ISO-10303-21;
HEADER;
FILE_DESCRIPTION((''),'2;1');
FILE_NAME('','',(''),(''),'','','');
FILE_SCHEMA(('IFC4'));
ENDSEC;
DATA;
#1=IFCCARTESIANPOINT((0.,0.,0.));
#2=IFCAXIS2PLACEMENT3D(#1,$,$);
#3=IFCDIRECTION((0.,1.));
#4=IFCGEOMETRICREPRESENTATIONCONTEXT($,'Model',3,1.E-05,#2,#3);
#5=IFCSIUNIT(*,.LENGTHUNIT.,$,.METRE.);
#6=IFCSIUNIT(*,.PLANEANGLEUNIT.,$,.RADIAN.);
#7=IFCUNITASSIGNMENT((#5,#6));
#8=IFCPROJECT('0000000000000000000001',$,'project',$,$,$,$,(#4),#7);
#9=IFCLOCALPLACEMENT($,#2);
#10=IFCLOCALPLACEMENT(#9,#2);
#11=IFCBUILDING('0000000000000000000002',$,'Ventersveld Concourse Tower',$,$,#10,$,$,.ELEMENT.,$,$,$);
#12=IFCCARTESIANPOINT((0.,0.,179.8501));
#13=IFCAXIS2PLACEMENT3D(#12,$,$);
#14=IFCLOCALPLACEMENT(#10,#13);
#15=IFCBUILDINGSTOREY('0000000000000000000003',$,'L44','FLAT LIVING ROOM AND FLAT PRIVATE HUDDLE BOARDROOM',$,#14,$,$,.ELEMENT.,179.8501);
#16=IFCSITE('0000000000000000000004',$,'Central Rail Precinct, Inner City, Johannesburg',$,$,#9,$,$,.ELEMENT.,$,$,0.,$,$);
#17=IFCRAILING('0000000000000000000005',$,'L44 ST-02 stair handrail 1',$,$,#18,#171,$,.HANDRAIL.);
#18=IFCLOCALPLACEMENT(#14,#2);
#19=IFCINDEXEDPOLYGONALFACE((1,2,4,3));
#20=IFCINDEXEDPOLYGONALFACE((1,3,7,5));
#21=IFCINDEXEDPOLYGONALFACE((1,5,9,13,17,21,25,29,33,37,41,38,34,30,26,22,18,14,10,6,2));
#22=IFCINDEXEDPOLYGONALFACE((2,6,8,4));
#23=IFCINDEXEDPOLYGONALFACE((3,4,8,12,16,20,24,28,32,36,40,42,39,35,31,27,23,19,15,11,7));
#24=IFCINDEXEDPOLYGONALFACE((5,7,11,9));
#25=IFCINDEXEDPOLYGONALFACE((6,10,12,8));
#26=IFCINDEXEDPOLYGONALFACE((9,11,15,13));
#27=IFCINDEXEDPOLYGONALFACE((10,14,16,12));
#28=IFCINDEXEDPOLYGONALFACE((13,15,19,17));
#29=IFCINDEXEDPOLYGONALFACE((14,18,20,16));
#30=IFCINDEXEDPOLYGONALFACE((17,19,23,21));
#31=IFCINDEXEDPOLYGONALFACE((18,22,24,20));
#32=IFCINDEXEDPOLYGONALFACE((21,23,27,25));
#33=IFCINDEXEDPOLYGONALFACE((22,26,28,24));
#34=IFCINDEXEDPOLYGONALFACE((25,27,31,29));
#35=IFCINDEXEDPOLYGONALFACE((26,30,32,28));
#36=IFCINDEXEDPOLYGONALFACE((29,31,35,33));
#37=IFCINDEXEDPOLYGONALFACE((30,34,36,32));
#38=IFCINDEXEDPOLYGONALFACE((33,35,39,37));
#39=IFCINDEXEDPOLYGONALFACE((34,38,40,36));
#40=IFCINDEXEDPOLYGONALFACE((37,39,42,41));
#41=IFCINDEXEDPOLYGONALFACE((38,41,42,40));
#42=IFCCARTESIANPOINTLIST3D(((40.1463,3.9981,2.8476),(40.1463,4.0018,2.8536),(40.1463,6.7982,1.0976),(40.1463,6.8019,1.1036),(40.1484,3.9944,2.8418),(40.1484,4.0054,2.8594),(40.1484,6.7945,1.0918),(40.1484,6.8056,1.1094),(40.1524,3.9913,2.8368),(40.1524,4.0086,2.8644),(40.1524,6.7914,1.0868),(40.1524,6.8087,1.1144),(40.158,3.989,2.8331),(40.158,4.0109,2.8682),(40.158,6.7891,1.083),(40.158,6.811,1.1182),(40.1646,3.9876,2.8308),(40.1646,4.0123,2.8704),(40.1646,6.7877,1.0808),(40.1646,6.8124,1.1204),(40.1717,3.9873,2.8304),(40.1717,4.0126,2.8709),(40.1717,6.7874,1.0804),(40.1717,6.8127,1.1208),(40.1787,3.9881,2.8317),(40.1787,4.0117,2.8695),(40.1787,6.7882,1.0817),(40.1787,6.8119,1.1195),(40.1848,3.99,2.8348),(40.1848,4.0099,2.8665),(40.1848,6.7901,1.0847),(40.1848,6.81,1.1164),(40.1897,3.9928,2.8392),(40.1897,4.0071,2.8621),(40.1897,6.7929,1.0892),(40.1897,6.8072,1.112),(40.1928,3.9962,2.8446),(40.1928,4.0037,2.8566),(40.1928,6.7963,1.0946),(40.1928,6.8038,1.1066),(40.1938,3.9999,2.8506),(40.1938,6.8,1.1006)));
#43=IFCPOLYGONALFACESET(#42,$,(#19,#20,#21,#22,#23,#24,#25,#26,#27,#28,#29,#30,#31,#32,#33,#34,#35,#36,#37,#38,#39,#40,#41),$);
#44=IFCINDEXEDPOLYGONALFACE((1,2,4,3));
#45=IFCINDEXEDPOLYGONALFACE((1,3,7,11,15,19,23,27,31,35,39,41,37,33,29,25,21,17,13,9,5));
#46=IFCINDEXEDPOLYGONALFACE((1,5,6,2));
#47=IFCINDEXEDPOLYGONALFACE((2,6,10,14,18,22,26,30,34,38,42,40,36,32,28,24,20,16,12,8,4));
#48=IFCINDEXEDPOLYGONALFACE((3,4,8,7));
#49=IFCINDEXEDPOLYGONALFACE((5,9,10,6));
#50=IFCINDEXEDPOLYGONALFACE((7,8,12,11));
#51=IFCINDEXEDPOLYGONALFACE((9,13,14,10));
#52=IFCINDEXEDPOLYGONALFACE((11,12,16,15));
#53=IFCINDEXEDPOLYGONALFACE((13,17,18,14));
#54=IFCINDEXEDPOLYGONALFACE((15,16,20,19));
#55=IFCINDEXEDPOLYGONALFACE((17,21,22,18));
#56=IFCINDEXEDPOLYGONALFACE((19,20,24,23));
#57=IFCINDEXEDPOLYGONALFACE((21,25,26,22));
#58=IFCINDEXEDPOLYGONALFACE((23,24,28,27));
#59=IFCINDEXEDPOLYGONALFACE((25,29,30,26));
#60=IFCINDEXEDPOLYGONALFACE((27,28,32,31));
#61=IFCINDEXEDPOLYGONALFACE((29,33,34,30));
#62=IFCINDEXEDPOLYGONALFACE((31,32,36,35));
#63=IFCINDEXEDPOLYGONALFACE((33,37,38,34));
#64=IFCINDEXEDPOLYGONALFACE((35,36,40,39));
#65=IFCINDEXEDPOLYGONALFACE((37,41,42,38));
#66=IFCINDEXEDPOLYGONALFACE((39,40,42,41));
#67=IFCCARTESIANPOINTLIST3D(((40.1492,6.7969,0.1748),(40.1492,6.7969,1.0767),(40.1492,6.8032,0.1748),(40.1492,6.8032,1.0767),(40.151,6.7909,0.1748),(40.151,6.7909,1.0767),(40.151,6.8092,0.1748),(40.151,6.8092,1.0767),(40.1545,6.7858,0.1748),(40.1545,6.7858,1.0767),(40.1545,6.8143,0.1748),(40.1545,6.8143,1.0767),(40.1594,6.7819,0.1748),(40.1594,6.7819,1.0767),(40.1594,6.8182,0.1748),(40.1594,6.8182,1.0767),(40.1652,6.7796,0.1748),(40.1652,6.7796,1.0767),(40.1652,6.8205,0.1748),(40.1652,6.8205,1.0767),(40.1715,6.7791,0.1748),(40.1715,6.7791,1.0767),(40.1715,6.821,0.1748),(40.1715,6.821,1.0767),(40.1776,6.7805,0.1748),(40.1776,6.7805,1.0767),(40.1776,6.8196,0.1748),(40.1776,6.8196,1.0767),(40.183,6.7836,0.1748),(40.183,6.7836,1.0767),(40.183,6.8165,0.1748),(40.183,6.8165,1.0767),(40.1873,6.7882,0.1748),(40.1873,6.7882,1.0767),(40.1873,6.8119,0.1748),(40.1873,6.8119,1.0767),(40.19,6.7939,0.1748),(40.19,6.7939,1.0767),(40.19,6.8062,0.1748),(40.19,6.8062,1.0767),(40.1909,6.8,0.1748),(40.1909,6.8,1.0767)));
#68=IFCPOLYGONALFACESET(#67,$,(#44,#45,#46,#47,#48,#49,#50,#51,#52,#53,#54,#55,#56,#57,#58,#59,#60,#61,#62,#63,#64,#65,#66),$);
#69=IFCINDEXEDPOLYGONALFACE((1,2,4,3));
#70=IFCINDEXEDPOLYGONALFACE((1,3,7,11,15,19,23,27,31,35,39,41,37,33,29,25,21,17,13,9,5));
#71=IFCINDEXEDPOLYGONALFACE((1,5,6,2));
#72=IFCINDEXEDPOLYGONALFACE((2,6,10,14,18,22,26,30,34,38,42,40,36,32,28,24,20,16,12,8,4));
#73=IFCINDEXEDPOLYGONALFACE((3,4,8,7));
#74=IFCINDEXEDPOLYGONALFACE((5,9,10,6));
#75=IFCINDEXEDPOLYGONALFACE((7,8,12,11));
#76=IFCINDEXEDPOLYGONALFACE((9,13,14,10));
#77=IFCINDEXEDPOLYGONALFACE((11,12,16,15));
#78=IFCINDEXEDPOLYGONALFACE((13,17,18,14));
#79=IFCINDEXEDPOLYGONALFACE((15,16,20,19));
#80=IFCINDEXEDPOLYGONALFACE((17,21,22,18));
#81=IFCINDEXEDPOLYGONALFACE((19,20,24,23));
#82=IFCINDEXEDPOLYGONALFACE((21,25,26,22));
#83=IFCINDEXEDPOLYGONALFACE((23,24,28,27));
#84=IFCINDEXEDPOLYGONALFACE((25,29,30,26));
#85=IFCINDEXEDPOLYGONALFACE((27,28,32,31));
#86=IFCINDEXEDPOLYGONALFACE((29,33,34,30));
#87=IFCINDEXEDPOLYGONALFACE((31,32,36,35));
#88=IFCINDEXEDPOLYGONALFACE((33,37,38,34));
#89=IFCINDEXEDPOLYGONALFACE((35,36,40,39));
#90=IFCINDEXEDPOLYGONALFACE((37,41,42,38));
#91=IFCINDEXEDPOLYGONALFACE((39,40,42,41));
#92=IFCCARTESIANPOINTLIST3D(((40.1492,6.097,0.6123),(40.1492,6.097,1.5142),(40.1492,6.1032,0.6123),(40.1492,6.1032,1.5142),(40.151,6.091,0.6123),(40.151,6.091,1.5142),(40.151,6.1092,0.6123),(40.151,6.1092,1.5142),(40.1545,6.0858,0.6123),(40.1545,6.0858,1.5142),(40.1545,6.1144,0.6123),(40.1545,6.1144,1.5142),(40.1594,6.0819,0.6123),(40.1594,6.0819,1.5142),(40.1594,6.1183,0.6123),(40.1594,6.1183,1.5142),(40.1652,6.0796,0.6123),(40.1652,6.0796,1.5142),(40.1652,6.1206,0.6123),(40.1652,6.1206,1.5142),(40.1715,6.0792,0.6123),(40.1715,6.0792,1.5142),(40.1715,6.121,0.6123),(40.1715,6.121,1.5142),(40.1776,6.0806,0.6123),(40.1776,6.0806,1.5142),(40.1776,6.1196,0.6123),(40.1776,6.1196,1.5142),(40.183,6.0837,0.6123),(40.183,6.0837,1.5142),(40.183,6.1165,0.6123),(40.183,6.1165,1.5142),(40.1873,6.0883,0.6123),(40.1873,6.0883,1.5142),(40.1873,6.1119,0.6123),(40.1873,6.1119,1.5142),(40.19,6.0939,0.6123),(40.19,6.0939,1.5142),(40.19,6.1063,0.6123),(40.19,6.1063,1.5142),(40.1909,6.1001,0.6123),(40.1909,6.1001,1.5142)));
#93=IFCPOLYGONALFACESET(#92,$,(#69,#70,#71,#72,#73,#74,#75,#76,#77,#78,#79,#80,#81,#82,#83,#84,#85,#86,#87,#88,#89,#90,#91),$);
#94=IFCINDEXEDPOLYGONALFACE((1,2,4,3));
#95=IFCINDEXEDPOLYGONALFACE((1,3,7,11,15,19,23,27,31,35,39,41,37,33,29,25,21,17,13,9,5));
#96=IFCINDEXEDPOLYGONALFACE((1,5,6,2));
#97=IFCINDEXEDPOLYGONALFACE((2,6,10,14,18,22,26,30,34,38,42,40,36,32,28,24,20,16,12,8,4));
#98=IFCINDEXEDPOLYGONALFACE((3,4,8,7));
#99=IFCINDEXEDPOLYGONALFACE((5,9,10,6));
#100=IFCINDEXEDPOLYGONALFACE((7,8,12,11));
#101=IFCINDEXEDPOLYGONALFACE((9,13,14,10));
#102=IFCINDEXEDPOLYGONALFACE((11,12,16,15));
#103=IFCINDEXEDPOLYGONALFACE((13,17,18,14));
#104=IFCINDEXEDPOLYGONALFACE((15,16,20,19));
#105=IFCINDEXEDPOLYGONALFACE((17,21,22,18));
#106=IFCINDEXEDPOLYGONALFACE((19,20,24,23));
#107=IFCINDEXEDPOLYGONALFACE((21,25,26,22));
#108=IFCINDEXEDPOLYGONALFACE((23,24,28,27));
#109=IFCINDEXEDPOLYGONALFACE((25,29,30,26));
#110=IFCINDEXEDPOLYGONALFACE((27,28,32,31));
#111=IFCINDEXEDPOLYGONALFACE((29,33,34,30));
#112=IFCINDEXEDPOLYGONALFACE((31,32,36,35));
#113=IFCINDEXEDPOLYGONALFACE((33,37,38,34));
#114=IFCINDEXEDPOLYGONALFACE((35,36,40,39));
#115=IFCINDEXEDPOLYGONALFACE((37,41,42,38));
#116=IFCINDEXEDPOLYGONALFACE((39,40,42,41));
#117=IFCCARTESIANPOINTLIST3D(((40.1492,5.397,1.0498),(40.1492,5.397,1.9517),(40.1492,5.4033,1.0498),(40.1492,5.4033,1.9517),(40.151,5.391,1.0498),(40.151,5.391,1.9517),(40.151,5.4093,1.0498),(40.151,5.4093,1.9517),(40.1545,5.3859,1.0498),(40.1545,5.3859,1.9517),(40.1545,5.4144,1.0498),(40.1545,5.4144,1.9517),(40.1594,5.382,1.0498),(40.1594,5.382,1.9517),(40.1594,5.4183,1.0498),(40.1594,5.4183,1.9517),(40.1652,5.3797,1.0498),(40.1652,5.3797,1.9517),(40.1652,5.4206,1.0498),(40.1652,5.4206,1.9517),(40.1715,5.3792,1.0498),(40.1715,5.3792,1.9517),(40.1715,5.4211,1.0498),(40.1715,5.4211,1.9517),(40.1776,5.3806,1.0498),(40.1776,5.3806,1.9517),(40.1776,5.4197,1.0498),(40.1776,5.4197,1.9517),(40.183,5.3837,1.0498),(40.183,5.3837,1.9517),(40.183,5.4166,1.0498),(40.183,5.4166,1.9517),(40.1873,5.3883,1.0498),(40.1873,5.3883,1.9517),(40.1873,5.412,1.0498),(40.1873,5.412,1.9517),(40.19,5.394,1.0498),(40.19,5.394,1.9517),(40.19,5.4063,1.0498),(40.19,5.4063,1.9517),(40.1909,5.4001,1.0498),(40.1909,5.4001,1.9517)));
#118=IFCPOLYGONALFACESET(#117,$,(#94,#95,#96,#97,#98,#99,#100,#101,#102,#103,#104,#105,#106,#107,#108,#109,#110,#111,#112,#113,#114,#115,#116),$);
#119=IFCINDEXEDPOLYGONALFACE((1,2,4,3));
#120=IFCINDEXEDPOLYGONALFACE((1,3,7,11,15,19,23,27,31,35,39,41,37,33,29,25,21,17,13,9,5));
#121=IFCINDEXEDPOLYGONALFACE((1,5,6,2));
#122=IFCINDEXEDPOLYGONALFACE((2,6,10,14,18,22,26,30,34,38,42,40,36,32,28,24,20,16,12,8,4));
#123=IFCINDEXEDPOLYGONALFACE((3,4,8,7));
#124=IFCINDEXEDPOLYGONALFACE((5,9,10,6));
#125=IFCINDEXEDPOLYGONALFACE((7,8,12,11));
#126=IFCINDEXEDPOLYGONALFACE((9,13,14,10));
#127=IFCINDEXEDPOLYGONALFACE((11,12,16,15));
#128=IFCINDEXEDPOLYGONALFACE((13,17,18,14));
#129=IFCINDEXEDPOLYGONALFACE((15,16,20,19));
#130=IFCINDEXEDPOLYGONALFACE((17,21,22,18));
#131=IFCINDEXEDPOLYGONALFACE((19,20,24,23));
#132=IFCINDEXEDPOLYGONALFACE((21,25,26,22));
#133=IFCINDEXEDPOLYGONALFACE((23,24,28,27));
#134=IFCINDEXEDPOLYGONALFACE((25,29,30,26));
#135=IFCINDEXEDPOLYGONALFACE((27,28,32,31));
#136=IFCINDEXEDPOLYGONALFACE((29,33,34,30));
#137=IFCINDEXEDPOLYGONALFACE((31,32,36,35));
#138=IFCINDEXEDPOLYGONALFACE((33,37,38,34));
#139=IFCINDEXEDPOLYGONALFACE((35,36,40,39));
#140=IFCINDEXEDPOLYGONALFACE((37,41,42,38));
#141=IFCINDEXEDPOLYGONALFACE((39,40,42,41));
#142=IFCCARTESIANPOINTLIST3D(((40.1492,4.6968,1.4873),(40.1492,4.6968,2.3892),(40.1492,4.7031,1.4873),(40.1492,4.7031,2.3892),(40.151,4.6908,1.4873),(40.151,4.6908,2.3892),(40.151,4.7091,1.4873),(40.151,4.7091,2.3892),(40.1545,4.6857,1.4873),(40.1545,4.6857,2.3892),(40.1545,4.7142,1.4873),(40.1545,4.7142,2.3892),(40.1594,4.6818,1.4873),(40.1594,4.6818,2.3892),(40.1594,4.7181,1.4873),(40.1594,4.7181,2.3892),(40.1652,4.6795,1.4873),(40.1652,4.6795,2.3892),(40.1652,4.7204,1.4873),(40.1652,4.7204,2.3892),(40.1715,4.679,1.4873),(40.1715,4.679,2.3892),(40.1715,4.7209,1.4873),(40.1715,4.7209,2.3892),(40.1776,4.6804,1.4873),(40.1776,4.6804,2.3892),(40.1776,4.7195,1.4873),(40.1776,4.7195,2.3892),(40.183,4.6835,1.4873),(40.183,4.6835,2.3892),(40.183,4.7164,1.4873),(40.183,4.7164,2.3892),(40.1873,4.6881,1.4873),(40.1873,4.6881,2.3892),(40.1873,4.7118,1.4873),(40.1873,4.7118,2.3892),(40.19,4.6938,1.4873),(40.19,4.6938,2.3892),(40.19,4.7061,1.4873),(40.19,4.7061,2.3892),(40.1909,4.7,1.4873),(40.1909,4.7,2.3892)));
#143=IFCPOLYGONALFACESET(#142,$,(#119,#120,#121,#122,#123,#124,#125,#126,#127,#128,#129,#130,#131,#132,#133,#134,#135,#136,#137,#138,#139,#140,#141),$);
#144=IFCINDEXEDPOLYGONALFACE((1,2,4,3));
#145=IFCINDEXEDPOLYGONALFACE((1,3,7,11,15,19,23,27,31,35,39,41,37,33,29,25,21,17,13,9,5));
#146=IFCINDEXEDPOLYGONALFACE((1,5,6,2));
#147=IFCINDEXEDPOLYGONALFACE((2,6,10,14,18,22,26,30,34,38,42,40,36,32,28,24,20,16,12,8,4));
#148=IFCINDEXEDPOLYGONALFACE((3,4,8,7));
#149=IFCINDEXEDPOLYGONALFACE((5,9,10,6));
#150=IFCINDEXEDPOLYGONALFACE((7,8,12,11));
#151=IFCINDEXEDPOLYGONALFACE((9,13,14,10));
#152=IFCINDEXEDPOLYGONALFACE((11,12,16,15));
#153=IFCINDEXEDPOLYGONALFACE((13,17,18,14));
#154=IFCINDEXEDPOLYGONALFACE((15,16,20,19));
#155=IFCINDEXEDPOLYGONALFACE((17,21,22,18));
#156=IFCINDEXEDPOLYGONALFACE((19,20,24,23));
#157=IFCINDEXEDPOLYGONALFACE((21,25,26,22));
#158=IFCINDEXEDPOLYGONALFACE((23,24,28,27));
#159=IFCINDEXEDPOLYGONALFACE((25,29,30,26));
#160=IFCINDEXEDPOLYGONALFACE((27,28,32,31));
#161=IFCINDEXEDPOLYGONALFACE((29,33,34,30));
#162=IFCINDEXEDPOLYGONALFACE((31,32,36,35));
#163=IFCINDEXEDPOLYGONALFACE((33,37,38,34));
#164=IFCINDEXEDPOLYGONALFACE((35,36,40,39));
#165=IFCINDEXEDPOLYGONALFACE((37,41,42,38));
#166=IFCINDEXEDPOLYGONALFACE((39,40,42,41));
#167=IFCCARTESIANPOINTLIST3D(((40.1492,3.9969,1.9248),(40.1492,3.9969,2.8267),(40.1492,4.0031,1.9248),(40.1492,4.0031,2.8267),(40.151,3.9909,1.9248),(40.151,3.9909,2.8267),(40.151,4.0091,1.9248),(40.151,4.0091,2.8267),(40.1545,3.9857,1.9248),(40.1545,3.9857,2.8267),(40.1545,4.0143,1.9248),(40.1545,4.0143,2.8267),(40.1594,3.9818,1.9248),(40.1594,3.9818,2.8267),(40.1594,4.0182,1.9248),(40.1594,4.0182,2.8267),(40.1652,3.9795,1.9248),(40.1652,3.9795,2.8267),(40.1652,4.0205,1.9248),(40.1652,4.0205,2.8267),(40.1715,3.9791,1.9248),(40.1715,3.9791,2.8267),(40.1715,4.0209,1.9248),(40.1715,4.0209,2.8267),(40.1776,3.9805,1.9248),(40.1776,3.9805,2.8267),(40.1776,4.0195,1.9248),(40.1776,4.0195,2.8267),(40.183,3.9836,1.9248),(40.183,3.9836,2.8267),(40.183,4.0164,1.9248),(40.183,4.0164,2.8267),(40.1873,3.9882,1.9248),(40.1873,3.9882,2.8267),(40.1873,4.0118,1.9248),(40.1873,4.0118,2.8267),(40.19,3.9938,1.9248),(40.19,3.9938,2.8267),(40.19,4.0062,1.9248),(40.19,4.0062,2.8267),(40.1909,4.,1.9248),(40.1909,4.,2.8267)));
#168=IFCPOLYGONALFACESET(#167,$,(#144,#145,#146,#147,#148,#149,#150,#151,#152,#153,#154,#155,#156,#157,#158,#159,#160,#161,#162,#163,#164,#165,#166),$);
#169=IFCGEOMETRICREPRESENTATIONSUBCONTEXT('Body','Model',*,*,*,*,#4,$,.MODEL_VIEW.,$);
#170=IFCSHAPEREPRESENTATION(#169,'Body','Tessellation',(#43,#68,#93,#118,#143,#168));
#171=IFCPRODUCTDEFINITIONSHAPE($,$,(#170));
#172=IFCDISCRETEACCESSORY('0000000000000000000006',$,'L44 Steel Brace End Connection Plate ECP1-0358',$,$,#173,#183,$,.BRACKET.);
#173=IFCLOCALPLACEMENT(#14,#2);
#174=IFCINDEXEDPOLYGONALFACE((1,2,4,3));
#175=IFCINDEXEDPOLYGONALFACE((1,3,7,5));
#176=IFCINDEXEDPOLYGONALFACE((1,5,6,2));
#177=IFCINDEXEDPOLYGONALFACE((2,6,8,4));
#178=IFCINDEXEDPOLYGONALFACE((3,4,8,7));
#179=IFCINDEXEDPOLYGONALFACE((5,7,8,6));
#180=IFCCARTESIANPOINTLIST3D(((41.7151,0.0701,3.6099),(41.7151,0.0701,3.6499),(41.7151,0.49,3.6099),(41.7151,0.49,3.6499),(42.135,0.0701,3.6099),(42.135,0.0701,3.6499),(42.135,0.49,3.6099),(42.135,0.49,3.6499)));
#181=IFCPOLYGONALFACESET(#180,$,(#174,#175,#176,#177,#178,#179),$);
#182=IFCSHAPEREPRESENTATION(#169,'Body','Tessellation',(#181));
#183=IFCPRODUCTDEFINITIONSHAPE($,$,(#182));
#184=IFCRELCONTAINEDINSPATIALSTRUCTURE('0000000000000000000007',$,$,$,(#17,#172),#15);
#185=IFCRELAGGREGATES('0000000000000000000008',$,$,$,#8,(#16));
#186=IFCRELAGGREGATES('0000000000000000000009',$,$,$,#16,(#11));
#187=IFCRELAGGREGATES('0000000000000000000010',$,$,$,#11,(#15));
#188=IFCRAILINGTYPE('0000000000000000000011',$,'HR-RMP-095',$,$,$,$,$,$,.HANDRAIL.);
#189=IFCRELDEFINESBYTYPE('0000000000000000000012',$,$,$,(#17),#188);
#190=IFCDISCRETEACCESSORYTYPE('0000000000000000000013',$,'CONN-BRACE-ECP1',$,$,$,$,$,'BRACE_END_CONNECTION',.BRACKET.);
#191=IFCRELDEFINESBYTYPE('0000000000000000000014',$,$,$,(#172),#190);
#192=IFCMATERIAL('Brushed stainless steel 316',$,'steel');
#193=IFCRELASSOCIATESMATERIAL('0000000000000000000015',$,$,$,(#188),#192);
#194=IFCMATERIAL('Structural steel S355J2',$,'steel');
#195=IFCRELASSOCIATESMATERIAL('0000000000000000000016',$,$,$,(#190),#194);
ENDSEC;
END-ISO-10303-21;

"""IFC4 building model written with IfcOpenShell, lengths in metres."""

from ifc_helpers import new_model, si_unit, direction, frame, origin, origin_2d, place, context, subcontext, project, spatial, rectangle, circle, extrude, material, type_object, element, save


model = new_model("IFC4")

# Units and contexts
model_context = context("Model", 3, precision=1e-05, world=origin(), true_north=direction((0.0, 1.0)))
body_context = subcontext(model_context, "Body", "Model", "MODEL_VIEW")
ifc_project = project(units=[si_unit("LENGTHUNIT", "METRE"), si_unit("PLANEANGLEUNIT", "RADIAN")], contexts=[model_context])

# Site, building, storey
site_placement = place(None, origin())
site = spatial("IfcSite", under=ifc_project, at=site_placement, Name="Central Rail Precinct, Inner City, Johannesburg", CompositionType="ELEMENT", RefElevation=0.0)
building_placement = place(site_placement, origin())
building = spatial("IfcBuilding", under=site, at=building_placement, Name="Ventersveld Concourse Tower", CompositionType="ELEMENT")
storey_placement = place(building_placement, frame((0.0, 0.0, 179.8501)))
storey = spatial("IfcBuildingStorey", under=building, at=storey_placement, Name="L44", Description="FLAT LIVING ROOM AND FLAT PRIVATE HUDDLE BOARDROOM", CompositionType="ELEMENT", Elevation=179.8501)

# Shared definitions
ifc_material_1 = material(Name="Structural steel S355J2", Category="steel")

# Shared definitions
ifc_material_2 = material(Name="Brushed stainless steel 316", Category="steel")

# Railing
railing_type_1 = type_object("IfcRailingType", Name="HR-RMP-095", PredefinedType="HANDRAIL", material=ifc_material_2)
railing_1_placement = place(storey_placement, frame((40.1699, 6.8, 0.1748)))
element("IfcRailing", 1, at=railing_1_placement, inside=storey, type_object=railing_type_1, Name="L44 ST-02 stair handrail 1", PredefinedType="HANDRAIL", context=body_context, shape_type="SweptSolid", body=[
    extrude(circle(Radius=0.0239, at=origin_2d()), frame((0.0, 0.0, 0.9258), z_axis=(0.0, -0.848002, 0.529992), x_axis=(1.0, 0.0, 0.0)), (0.0, 0.0, 1.0), 3.302),
    extrude(circle(Radius=0.021, at=origin_2d()), origin(), (0.0, 0.0, 1.0), 0.9019),
    extrude(circle(Radius=0.021, at=origin_2d()), frame((0.0, -0.7, 0.4375)), (0.0, 0.0, 1.0), 0.9019),
    extrude(circle(Radius=0.021, at=origin_2d()), frame((0.0, -1.3999, 0.875)), (0.0, 0.0, 1.0), 0.9019),
    extrude(circle(Radius=0.021, at=origin_2d()), frame((0.0, -2.1001, 1.3125)), (0.0, 0.0, 1.0), 0.9019),
    extrude(circle(Radius=0.021, at=origin_2d()), frame((0.0, -2.8, 1.75)), (0.0, 0.0, 1.0), 0.9019),
])

# Discrete accessory
discrete_accessory_type = type_object("IfcDiscreteAccessoryType", Name="CONN-BRACE-ECP1", ElementType="BRACE_END_CONNECTION", PredefinedType="BRACKET", material=ifc_material_1)
discrete_accessory_placement = place(storey_placement, frame((41.925, 0.28, 3.6099), z_axis=(0.0, 0.0, 1.0), x_axis=(1.0, 0.0, 0.0)))
element("IfcDiscreteAccessory", 2, at=discrete_accessory_placement, inside=storey, type_object=discrete_accessory_type, Name="L44 Steel Brace End Connection Plate ECP1-0358", PredefinedType="BRACKET", context=body_context, shape_type="SweptSolid", body=[
    extrude(rectangle(XDim=0.4199, YDim=0.4199, at=origin_2d()), origin(), (0.0, 0.0, 1.0), 0.04),
])

save(model, "model.ifc")
